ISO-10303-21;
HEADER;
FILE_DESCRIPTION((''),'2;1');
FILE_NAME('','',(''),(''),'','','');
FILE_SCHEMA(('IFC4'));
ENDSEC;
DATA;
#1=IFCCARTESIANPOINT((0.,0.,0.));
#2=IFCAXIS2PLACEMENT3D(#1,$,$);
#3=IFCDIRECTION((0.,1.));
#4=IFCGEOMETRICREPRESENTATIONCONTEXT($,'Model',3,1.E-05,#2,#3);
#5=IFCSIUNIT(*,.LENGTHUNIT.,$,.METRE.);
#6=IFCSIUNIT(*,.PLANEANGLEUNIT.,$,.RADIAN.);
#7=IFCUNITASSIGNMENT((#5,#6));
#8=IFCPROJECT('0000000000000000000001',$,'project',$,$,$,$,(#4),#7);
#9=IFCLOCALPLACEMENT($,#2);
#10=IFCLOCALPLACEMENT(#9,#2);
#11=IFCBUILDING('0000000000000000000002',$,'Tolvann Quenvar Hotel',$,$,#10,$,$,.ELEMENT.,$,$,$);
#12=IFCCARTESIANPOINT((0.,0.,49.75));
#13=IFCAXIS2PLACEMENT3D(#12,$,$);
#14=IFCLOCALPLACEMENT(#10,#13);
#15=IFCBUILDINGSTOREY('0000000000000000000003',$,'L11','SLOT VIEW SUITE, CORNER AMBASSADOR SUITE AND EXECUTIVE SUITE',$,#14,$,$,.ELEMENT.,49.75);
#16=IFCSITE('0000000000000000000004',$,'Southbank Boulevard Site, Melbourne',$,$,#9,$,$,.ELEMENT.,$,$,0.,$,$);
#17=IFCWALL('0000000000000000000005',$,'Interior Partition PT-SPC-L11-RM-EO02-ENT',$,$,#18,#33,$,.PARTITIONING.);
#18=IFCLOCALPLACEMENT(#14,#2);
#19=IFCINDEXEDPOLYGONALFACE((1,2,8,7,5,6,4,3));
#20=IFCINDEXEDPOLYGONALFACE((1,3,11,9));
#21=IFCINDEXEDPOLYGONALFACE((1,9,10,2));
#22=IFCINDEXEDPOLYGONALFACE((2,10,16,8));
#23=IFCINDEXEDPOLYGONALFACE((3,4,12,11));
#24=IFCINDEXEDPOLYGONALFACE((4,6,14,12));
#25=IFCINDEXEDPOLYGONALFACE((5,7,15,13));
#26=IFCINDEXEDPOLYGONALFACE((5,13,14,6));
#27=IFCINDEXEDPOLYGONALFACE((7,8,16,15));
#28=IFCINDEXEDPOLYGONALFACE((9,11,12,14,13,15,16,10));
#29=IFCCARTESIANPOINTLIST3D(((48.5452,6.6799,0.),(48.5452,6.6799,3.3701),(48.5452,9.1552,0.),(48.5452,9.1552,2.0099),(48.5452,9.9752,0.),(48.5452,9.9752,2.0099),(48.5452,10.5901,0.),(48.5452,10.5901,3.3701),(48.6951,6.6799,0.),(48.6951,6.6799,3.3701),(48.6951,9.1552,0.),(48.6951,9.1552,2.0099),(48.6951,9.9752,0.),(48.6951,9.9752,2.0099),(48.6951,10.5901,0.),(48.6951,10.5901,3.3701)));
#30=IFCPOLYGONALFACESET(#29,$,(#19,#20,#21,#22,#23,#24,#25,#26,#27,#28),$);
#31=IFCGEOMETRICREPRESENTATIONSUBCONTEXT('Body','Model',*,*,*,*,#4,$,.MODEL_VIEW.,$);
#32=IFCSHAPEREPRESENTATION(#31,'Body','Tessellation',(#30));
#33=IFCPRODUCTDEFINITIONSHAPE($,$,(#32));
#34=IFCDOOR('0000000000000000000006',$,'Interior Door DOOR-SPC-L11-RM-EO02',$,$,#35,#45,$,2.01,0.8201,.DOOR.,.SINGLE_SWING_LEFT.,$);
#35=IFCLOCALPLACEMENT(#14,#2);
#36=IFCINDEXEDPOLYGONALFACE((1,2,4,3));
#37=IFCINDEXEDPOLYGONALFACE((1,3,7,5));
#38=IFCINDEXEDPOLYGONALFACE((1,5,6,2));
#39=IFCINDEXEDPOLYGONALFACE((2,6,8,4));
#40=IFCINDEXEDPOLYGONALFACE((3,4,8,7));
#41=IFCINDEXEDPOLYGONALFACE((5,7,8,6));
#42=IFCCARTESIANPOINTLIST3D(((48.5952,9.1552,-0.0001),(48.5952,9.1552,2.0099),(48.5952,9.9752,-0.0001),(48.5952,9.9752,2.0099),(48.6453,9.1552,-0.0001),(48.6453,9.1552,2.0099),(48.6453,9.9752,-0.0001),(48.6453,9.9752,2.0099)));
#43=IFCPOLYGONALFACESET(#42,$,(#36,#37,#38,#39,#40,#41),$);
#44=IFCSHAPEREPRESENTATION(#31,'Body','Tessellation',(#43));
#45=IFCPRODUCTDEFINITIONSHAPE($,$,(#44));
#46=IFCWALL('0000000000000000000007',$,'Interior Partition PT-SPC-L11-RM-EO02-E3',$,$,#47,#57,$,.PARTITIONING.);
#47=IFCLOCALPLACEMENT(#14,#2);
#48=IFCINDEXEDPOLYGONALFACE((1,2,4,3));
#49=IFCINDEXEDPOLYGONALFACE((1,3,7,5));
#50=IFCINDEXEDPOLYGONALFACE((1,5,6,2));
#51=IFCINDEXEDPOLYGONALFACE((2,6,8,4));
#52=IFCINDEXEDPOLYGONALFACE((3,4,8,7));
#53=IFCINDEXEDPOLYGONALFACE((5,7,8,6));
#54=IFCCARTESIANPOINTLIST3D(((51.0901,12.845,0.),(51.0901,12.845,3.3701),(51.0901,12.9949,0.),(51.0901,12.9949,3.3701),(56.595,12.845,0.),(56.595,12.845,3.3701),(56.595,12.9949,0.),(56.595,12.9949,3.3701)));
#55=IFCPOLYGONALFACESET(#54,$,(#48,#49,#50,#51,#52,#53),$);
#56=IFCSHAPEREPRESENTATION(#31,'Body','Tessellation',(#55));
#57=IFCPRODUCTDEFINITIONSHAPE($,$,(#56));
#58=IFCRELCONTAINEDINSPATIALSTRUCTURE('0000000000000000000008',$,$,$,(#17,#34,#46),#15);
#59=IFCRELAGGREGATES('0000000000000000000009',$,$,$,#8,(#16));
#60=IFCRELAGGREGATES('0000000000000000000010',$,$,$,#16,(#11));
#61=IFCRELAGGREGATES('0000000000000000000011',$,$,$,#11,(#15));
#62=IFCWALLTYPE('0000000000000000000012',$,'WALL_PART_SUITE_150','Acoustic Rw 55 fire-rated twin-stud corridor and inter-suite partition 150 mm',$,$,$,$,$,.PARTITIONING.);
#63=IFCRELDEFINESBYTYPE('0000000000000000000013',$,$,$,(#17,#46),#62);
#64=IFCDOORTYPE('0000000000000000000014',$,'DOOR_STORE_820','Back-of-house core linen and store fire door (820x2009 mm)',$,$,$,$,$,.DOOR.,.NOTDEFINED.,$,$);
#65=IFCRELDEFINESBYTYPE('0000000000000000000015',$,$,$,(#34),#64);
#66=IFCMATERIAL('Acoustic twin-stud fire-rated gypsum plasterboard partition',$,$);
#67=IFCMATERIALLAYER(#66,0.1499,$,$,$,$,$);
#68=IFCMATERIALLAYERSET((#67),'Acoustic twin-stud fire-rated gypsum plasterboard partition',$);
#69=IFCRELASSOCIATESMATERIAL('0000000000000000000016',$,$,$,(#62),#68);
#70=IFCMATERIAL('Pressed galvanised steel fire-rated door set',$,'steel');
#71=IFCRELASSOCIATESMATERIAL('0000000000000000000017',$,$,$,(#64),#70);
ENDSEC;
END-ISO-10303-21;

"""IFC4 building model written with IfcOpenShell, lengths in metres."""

from ifc_helpers import new_model, si_unit, direction, frame, frame_2d, origin, place, context, subcontext, project, spatial, rectangle, extrude, source, transform, mapped, material, layer, layer_set, type_object, type_shapes, element, fill, save


model = new_model("IFC4")

# Units and contexts
model_context = context("Model", 3, precision=1e-05, world=origin(), true_north=direction((0.0, 1.0)))
body_context = subcontext(model_context, "Body", "Model", "MODEL_VIEW")
ifc_project = project(units=[si_unit("LENGTHUNIT", "METRE"), si_unit("PLANEANGLEUNIT", "RADIAN")], contexts=[model_context])

# Site, building, storey
site_placement = place(None, origin())
site = spatial("IfcSite", under=ifc_project, at=site_placement, Name="Southbank Boulevard Site, Melbourne", CompositionType="ELEMENT", RefElevation=0.0)
building_placement = place(site_placement, origin())
building = spatial("IfcBuilding", under=site, at=building_placement, Name="Tolvann Quenvar Hotel", CompositionType="ELEMENT")
storey_placement = place(building_placement, frame((0.0, 0.0, 49.75)))
storey = spatial("IfcBuildingStorey", under=building, at=storey_placement, Name="L11", Description="SLOT VIEW SUITE, CORNER AMBASSADOR SUITE AND EXECUTIVE SUITE", CompositionType="ELEMENT", Elevation=49.75)

# Shared definitions
ifc_material_1 = material(Name="Acoustic twin-stud fire-rated gypsum plasterboard partition")
ifc_layer_1 = layer(ifc_material_1, 0.1499)
ifc_layer_set_1 = layer_set([ifc_layer_1], Name="Acoustic twin-stud fire-rated gypsum plasterboard partition")
wall_type_1 = type_object("IfcWallType", Name="WALL_PART_SUITE_150", Description="Acoustic Rw 55 fire-rated twin-stud corridor and inter-suite partition 150 mm", PredefinedType="PARTITIONING", material=ifc_layer_set_1)

# Wall, opening, door
wall_1_placement = place(storey_placement, frame((48.6201, 6.6799, 0.0), z_axis=(0.0, 0.0, 1.0), x_axis=(0.0, 1.0, 0.0)))
wall_1 = element("IfcWall", 1, at=wall_1_placement, inside=storey, type_object=wall_type_1, Name="Interior Partition PT-SPC-L11-RM-EO02-ENT", PredefinedType="PARTITIONING", context=body_context, shape_type="SweptSolid", body=[
    extrude(rectangle(XDim=3.9102, YDim=0.1499, at=frame_2d((1.9551, 0.0))), origin(), (0.0, 0.0, 1.0), 3.3701),
])
opening_1_placement = place(wall_1_placement, frame((2.4751, 0.0, 0.0)))
opening_1 = element("IfcOpeningElement", 2, at=opening_1_placement, cuts=wall_1, PredefinedType="OPENING", context=body_context, shape_type="SweptSolid", body=[
    extrude(rectangle(XDim=0.8201, YDim=2.01, at=frame_2d((0.4102, 1.0049))), frame((0.0, 0.085, 0.0), z_axis=(0.0, -1.0, 0.0), x_axis=(1.0, 0.0, 0.0)), (0.0, 0.0, 1.0), 0.1699),
])
ifc_material_2 = material(Name="Pressed galvanised steel fire-rated door set", Category="steel")
door_type_1 = type_object("IfcDoorType", Name="DOOR_STORE_820", Description="Back-of-house core linen and store fire door (820x2009 mm)", OperationType="NOTDEFINED", PredefinedType="DOOR", material=ifc_material_2)
shared_shape_1 = source(origin(), body_context, "Body", "SweptSolid", [
    extrude(rectangle(XDim=0.8201, YDim=2.01, at=frame_2d((0.4102, 1.0049))), frame((0.0, 0.0249, 0.0), z_axis=(0.0, -1.0, 0.0), x_axis=(1.0, 0.0, 0.0)), (0.0, 0.0, 1.0), 0.05),
])
type_shapes(door_type_1, [shared_shape_1])
door_1_placement = place(opening_1_placement, origin())
door_1 = element("IfcDoor", 3, at=door_1_placement, inside=storey, type_object=door_type_1, Name="Interior Door DOOR-SPC-L11-RM-EO02", OperationType="SINGLE_SWING_LEFT", OverallHeight=2.01, OverallWidth=0.8201, PredefinedType="DOOR", context=body_context, shape_type="MappedRepresentation", body=[
    mapped(shared_shape_1, transform((0.0, 0.0, 0.0), x_axis=(1.0, 0.0, 0.0), y_axis=(0.0, 1.0, 0.0), z_axis=(0.0, 0.0, 1.0), scale=1.0)),
])
fill(opening_1, door_1)

# Wall
wall_2_placement = place(storey_placement, frame((51.0901, 12.9199, 0.0), z_axis=(0.0, 0.0, 1.0), x_axis=(1.0, 0.0, 0.0)))
element("IfcWall", 4, at=wall_2_placement, inside=storey, type_object=wall_type_1, Name="Interior Partition PT-SPC-L11-RM-EO02-E3", PredefinedType="PARTITIONING", context=body_context, shape_type="SweptSolid", body=[
    extrude(rectangle(XDim=5.5049, YDim=0.1499, at=frame_2d((2.7524, 0.0))), origin(), (0.0, 0.0, 1.0), 3.3701),
])

save(model, "model.ifc")
